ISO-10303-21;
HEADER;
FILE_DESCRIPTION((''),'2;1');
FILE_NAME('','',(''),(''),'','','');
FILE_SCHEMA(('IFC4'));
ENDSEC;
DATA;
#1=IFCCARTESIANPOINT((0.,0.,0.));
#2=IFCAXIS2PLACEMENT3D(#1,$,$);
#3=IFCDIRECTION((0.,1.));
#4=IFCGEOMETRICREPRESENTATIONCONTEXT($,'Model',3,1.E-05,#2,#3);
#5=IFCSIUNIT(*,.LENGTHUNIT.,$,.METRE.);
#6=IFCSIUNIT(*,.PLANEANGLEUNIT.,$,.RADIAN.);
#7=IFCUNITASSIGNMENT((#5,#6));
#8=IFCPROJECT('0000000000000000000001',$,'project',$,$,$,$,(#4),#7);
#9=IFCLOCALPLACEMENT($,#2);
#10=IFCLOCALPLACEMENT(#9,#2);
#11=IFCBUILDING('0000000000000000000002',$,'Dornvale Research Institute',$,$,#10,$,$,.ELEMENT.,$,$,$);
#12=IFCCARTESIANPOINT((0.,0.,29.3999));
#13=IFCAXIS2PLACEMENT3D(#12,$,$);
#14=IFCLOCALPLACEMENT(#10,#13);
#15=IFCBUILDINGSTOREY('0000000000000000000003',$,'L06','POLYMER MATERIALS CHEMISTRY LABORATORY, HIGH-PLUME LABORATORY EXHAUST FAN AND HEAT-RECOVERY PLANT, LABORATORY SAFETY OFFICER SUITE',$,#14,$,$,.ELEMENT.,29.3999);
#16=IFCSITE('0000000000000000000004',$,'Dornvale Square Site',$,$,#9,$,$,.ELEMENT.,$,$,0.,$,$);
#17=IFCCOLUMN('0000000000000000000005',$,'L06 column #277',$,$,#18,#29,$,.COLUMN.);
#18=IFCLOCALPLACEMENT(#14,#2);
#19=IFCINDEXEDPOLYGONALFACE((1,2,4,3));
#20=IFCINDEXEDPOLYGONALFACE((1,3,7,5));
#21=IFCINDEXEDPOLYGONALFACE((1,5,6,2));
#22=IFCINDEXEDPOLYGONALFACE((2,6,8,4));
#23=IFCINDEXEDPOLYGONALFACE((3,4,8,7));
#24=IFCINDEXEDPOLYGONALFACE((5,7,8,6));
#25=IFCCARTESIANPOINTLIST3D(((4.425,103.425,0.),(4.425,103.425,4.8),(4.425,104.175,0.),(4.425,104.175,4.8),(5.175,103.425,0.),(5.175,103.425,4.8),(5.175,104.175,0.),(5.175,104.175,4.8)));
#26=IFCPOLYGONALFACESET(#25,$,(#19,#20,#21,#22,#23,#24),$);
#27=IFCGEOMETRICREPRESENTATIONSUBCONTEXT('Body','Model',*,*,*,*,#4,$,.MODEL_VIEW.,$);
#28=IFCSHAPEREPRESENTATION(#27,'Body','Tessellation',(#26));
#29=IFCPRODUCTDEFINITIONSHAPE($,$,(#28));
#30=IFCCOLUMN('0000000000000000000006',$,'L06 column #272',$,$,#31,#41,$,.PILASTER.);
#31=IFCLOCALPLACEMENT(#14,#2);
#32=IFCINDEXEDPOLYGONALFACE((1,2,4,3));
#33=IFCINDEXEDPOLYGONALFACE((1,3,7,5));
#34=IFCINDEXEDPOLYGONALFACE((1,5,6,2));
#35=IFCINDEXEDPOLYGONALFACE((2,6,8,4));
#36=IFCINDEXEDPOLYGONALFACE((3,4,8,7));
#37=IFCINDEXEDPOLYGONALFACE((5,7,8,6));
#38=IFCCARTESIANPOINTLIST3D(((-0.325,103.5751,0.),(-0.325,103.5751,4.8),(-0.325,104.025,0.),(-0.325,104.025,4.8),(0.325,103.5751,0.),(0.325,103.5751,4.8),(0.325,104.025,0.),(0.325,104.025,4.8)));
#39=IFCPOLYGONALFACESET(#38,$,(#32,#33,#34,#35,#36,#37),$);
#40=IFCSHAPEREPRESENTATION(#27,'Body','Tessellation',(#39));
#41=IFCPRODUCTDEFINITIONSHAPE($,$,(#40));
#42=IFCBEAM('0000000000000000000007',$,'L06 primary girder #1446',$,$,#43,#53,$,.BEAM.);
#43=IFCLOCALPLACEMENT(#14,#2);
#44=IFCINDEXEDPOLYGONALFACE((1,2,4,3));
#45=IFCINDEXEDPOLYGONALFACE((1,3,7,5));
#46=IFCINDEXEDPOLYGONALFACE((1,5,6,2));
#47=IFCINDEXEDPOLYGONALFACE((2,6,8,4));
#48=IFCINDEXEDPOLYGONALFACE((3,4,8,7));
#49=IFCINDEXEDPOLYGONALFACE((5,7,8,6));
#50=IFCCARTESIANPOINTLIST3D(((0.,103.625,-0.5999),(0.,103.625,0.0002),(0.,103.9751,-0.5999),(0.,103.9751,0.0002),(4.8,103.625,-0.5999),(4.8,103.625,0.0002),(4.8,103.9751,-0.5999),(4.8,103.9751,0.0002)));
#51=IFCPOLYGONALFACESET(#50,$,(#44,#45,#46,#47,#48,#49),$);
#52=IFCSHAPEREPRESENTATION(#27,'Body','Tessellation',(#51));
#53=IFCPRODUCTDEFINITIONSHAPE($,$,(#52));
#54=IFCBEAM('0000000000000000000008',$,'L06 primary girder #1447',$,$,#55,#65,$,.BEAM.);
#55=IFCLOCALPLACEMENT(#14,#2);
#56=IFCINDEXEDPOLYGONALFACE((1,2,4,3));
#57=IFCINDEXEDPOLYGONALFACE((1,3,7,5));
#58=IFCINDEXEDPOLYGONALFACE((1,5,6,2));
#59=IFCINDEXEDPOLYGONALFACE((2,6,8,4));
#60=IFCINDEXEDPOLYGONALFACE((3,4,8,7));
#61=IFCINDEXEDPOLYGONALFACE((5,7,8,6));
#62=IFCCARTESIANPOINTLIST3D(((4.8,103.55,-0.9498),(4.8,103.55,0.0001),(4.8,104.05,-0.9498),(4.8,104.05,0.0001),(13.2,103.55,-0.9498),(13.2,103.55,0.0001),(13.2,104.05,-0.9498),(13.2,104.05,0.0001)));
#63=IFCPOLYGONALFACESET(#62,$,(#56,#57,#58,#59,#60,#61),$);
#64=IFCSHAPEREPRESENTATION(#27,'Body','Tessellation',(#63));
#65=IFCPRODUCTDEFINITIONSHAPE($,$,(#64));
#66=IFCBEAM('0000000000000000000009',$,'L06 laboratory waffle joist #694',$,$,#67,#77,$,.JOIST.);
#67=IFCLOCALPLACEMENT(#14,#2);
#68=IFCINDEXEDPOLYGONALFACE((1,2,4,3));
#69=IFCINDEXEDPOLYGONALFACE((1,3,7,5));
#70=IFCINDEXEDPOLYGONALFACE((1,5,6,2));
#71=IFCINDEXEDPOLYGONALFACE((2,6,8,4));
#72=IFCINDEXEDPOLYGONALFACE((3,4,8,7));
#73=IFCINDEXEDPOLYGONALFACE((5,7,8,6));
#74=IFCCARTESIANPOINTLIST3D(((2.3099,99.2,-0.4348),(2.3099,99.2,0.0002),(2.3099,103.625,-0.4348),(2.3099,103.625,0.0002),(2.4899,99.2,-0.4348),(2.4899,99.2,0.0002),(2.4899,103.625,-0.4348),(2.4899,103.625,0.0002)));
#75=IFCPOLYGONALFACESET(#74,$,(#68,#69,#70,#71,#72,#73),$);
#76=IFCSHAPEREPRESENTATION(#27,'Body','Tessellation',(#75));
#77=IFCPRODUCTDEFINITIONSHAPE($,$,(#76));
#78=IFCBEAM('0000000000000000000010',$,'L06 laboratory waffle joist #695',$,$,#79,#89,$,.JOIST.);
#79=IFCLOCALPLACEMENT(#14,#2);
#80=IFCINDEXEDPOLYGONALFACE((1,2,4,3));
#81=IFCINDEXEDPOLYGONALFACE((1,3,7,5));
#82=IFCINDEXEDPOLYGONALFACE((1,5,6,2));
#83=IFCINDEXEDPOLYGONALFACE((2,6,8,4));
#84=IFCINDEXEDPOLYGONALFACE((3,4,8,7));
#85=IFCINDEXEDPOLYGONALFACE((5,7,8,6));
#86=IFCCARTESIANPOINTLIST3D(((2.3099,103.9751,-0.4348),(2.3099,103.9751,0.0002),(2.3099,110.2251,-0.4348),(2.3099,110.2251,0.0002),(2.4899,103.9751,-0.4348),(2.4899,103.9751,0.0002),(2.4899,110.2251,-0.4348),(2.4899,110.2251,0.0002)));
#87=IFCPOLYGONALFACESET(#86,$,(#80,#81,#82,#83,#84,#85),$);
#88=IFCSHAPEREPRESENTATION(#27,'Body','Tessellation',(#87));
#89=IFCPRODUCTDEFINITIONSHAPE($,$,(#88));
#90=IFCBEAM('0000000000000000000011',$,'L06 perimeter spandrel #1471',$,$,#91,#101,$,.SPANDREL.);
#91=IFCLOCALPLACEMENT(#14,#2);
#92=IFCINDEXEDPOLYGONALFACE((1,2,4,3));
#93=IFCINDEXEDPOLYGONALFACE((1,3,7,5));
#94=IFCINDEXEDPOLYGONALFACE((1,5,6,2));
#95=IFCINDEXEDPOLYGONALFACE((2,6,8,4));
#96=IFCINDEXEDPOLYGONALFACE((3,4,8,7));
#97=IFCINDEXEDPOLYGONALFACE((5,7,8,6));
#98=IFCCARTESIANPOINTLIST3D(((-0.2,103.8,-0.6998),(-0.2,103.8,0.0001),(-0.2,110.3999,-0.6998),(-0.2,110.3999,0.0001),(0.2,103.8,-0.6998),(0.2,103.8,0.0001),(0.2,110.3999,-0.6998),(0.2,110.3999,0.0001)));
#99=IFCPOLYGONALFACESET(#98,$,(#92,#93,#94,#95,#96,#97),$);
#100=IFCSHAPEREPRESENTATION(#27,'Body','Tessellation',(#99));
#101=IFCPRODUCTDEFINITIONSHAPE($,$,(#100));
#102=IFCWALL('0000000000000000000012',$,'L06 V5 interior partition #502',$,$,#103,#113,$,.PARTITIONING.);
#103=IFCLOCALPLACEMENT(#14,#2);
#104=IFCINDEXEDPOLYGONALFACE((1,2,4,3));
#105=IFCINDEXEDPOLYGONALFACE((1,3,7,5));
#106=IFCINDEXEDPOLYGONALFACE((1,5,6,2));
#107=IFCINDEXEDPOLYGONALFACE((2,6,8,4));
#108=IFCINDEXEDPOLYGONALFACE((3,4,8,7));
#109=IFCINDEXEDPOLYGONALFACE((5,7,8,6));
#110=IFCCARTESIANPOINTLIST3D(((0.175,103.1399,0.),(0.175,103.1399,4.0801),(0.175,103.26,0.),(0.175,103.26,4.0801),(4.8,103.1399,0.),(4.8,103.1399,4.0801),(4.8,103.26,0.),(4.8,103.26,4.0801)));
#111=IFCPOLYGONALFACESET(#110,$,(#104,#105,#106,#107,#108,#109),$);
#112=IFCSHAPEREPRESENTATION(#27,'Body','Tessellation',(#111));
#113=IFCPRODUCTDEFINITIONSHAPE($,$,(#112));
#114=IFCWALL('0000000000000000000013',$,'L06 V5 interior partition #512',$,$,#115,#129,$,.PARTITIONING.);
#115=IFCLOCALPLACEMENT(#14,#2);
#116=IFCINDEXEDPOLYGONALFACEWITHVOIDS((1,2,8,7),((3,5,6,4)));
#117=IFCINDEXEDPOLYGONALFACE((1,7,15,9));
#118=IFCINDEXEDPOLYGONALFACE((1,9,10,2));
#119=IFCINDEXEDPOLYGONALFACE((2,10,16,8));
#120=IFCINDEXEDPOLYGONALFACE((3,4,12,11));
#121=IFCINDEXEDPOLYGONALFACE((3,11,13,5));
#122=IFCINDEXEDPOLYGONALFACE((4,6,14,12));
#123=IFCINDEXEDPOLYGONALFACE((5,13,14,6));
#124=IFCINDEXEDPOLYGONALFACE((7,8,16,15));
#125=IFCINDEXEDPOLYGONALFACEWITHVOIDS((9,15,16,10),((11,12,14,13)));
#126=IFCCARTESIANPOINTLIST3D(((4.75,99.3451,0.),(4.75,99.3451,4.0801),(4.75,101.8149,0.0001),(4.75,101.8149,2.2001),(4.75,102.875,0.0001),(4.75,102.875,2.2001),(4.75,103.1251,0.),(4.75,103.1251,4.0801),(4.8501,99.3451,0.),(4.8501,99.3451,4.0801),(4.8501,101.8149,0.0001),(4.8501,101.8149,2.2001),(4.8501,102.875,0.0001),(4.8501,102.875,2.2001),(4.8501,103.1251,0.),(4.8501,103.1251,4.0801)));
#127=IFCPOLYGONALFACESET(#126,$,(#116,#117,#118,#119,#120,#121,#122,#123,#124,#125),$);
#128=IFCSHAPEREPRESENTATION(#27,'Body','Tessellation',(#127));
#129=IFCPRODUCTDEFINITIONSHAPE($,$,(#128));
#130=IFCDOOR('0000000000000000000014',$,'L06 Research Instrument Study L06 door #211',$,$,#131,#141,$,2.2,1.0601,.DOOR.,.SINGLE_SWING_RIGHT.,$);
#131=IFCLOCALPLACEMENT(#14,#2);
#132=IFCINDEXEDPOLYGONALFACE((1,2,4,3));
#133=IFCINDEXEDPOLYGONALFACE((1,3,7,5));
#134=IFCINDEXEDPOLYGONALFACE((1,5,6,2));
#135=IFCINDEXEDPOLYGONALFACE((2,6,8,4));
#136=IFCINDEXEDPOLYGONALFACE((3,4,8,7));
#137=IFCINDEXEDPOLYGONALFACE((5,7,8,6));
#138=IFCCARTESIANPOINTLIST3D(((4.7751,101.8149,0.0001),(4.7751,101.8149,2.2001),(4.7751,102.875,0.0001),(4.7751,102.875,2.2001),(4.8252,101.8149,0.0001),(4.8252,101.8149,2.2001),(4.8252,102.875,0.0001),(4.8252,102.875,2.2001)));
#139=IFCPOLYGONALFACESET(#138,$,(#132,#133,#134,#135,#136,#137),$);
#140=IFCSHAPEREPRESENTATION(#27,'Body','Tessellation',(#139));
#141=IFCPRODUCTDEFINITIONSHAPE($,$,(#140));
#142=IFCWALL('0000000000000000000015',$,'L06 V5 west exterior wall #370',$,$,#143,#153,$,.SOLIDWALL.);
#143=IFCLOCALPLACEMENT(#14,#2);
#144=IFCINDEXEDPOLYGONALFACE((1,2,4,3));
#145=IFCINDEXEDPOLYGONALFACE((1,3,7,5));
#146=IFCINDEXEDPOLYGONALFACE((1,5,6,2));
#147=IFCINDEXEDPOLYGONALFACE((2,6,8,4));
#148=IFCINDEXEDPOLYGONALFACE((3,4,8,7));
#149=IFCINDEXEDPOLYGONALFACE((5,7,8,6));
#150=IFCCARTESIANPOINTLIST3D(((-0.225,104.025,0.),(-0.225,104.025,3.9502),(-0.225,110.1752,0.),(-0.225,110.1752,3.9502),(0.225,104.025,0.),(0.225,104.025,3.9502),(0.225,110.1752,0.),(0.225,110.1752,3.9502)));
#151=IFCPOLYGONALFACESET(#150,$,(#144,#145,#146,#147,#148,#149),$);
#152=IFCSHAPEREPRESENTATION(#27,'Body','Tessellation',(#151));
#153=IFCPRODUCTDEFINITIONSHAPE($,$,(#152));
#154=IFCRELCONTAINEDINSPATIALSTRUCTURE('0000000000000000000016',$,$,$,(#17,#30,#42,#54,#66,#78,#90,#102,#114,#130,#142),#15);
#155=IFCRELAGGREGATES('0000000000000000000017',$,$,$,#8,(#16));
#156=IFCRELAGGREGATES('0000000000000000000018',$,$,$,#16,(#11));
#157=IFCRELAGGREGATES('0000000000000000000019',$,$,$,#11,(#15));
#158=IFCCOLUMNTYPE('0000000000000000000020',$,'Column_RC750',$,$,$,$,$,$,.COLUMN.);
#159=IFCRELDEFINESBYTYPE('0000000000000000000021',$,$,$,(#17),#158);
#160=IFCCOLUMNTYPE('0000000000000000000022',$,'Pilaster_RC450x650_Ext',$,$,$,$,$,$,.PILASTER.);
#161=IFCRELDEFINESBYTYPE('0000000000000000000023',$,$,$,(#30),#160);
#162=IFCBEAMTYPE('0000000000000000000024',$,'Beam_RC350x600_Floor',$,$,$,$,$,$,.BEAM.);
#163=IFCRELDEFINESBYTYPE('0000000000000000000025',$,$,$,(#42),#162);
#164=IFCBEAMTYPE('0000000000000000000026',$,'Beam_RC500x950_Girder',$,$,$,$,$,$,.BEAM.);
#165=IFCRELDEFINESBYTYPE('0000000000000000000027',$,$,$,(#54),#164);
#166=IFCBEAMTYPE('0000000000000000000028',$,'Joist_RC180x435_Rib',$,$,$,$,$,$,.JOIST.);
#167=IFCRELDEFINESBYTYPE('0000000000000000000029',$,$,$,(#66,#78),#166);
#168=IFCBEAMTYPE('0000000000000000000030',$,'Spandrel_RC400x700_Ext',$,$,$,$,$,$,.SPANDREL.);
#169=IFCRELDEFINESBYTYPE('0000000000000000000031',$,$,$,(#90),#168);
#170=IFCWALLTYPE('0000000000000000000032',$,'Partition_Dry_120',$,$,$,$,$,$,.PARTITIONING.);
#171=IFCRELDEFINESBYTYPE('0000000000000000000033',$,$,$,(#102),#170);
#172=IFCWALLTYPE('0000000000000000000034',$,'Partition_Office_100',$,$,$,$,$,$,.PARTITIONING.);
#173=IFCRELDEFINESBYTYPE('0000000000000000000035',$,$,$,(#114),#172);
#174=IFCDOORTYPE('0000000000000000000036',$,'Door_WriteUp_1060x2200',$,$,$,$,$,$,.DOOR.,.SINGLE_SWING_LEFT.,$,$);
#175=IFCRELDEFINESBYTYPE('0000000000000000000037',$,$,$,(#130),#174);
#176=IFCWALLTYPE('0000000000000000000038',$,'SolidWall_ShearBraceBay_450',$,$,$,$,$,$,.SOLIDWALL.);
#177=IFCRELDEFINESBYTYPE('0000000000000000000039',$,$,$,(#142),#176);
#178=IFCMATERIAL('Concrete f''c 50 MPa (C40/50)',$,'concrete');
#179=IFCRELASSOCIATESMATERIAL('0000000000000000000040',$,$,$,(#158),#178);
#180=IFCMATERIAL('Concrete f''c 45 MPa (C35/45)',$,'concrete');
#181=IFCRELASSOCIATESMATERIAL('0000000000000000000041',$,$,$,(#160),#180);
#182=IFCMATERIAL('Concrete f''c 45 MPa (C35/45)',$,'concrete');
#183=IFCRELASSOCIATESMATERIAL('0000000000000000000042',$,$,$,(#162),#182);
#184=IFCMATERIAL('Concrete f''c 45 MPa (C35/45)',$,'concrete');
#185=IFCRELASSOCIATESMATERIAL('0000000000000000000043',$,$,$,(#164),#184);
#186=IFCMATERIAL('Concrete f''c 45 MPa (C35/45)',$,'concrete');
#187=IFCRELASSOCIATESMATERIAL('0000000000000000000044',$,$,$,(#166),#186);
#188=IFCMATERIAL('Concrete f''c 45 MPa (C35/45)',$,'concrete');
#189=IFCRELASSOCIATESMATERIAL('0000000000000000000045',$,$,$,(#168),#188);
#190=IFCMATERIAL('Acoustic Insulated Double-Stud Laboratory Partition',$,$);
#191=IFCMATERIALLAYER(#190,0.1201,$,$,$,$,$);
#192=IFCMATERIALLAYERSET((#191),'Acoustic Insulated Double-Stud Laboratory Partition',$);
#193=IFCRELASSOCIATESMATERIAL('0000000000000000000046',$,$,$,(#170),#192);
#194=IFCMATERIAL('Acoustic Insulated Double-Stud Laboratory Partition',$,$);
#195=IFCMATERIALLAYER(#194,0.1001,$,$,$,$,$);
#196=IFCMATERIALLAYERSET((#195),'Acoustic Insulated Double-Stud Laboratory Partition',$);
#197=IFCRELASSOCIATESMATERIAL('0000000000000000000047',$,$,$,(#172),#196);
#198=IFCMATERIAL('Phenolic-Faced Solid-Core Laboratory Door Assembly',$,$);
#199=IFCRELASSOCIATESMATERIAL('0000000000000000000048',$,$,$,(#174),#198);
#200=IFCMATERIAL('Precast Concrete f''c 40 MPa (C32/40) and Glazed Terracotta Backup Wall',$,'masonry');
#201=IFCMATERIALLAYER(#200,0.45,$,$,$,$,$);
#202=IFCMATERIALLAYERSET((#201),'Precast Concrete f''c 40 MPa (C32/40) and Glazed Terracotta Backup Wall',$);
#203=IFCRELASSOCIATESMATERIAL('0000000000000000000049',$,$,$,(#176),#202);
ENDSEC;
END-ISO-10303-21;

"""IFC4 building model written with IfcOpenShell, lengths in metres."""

from ifc_helpers import new_model, si_unit, direction, frame, frame_2d, origin, origin_2d, place, context, subcontext, project, spatial, rectangle, extrude, material, layer, layer_set, material_profile, profile_set, type_object, element, fill, save


model = new_model("IFC4")

# Units and contexts
model_context = context("Model", 3, precision=1e-05, world=origin(), true_north=direction((0.0, 1.0)))
body_context = subcontext(model_context, "Body", "Model", "MODEL_VIEW")
ifc_project = project(units=[si_unit("LENGTHUNIT", "METRE"), si_unit("PLANEANGLEUNIT", "RADIAN")], contexts=[model_context])

# Site, building, storey
site_placement = place(None, origin())
site = spatial("IfcSite", under=ifc_project, at=site_placement, Name="Dornvale Square Site", CompositionType="ELEMENT", RefElevation=0.0)
building_placement = place(site_placement, origin())
building = spatial("IfcBuilding", under=site, at=building_placement, Name="Dornvale Research Institute", CompositionType="ELEMENT")
storey_placement = place(building_placement, frame((0.0, 0.0, 29.3999)))
storey = spatial("IfcBuildingStorey", under=building, at=storey_placement, Name="L06", Description="POLYMER MATERIALS CHEMISTRY LABORATORY, HIGH-PLUME LABORATORY EXHAUST FAN AND HEAT-RECOVERY PLANT, LABORATORY SAFETY OFFICER SUITE", CompositionType="ELEMENT", Elevation=29.3999)

# Columns
ifc_material_1 = material(Name="Concrete f'c 50 MPa (C40/50)", Category="concrete")
ifc_material_profile_1 = material_profile(ifc_material_1, rectangle(XDim=0.75, YDim=0.75, at=origin_2d()), Name="RC 750x750")
ifc_profile_set_1 = profile_set([ifc_material_profile_1], Name="Concrete f'c 50 MPa (C40/50)")
column_type_1 = type_object("IfcColumnType", Name="Column_RC750", PredefinedType="COLUMN", material=ifc_profile_set_1)
column_1_placement = place(storey_placement, frame((4.8, 103.8, 0.0), z_axis=(0.0, 0.0, 1.0), x_axis=(1.0, 0.0, 0.0)))
element("IfcColumn", 1, at=column_1_placement, inside=storey, type_object=column_type_1, Name="L06 column #277", PredefinedType="COLUMN", context=body_context, shape_type="SweptSolid", body=[
    extrude(rectangle(XDim=0.75, YDim=0.75, at=origin_2d()), origin(), (0.0, 0.0, 1.0), 4.8),
])
ifc_material_2 = material(Name="Concrete f'c 45 MPa (C35/45)", Category="concrete")
ifc_material_profile_2 = material_profile(ifc_material_2, rectangle(XDim=0.45, YDim=0.6499, at=origin_2d()), Name="RC 450x650")
ifc_profile_set_2 = profile_set([ifc_material_profile_2], Name="Concrete f'c 45 MPa (C35/45)")
column_type_2 = type_object("IfcColumnType", Name="Pilaster_RC450x650_Ext", PredefinedType="PILASTER", material=ifc_profile_set_2)
column_2_placement = place(storey_placement, frame((0.0, 103.8, 0.0), z_axis=(0.0, 0.0, 1.0), x_axis=(0.0, 1.0, 0.0)))
element("IfcColumn", 2, at=column_2_placement, inside=storey, type_object=column_type_2, Name="L06 column #272", PredefinedType="PILASTER", context=body_context, shape_type="SweptSolid", body=[
    extrude(rectangle(XDim=0.45, YDim=0.6499, at=origin_2d()), origin(), (0.0, 0.0, 1.0), 4.8),
])

# Beams
ifc_material_3 = material(Name="Concrete f'c 45 MPa (C35/45)", Category="concrete")
ifc_material_profile_3 = material_profile(ifc_material_3, rectangle(XDim=0.3501, YDim=0.6001, at=origin_2d()), Name="RC 350x600")
ifc_profile_set_3 = profile_set([ifc_material_profile_3], Name="Concrete f'c 45 MPa (C35/45)")
beam_type_1 = type_object("IfcBeamType", Name="Beam_RC350x600_Floor", PredefinedType="BEAM", material=ifc_profile_set_3)
beam_1_placement = place(storey_placement, frame((0.0, 103.8, -0.2998), z_axis=(1.0, 0.0, 0.0), x_axis=(0.0, 1.0, 0.0)))
element("IfcBeam", 3, at=beam_1_placement, inside=storey, type_object=beam_type_1, Name="L06 primary girder #1446", PredefinedType="BEAM", context=body_context, shape_type="SweptSolid", body=[
    extrude(rectangle(XDim=0.3501, YDim=0.6001, at=origin_2d()), origin(), (0.0, 0.0, 1.0), 4.8),
])
ifc_material_4 = material(Name="Concrete f'c 45 MPa (C35/45)", Category="concrete")
ifc_material_profile_4 = material_profile(ifc_material_4, rectangle(XDim=0.5, YDim=0.95, at=origin_2d()), Name="RC 500x950")
ifc_profile_set_4 = profile_set([ifc_material_profile_4], Name="Concrete f'c 45 MPa (C35/45)")
beam_type_2 = type_object("IfcBeamType", Name="Beam_RC500x950_Girder", PredefinedType="BEAM", material=ifc_profile_set_4)
beam_2_placement = place(storey_placement, frame((4.8, 103.8, -0.4749), z_axis=(1.0, 0.0, 0.0), x_axis=(0.0, 1.0, 0.0)))
element("IfcBeam", 4, at=beam_2_placement, inside=storey, type_object=beam_type_2, Name="L06 primary girder #1447", PredefinedType="BEAM", context=body_context, shape_type="SweptSolid", body=[
    extrude(rectangle(XDim=0.5, YDim=0.95, at=origin_2d()), origin(), (0.0, 0.0, 1.0), 8.3999),
])
ifc_material_5 = material(Name="Concrete f'c 45 MPa (C35/45)", Category="concrete")
ifc_material_profile_5 = material_profile(ifc_material_5, rectangle(XDim=0.1799, YDim=0.4351, at=origin_2d()), Name="RC 180x435")
ifc_profile_set_5 = profile_set([ifc_material_profile_5], Name="Concrete f'c 45 MPa (C35/45)")
beam_type_3 = type_object("IfcBeamType", Name="Joist_RC180x435_Rib", PredefinedType="JOIST", material=ifc_profile_set_5)
beam_3_placement = place(storey_placement, frame((2.3999, 99.2, -0.2173), z_axis=(0.0, 1.0, 0.0), x_axis=(-1.0, 0.0, 0.0)))
element("IfcBeam", 5, at=beam_3_placement, inside=storey, type_object=beam_type_3, Name="L06 laboratory waffle joist #694", PredefinedType="JOIST", context=body_context, shape_type="SweptSolid", body=[
    extrude(rectangle(XDim=0.1799, YDim=0.4351, at=origin_2d()), origin(), (0.0, 0.0, 1.0), 4.425),
])
beam_4_placement = place(storey_placement, frame((2.3999, 103.9751, -0.2173), z_axis=(0.0, 1.0, 0.0), x_axis=(-1.0, 0.0, 0.0)))
element("IfcBeam", 6, at=beam_4_placement, inside=storey, type_object=beam_type_3, Name="L06 laboratory waffle joist #695", PredefinedType="JOIST", context=body_context, shape_type="SweptSolid", body=[
    extrude(rectangle(XDim=0.1799, YDim=0.4351, at=origin_2d()), origin(), (0.0, 0.0, 1.0), 6.25),
])
ifc_material_6 = material(Name="Concrete f'c 45 MPa (C35/45)", Category="concrete")
ifc_material_profile_6 = material_profile(ifc_material_6, rectangle(XDim=0.3999, YDim=0.7, at=origin_2d()), Name="RC 400x700")
ifc_profile_set_6 = profile_set([ifc_material_profile_6], Name="Concrete f'c 45 MPa (C35/45)")
beam_type_4 = type_object("IfcBeamType", Name="Spandrel_RC400x700_Ext", PredefinedType="SPANDREL", material=ifc_profile_set_6)
beam_5_placement = place(storey_placement, frame((0.0, 103.8, -0.3499), z_axis=(0.0, 1.0, 0.0), x_axis=(-1.0, 0.0, 0.0)))
element("IfcBeam", 7, at=beam_5_placement, inside=storey, type_object=beam_type_4, Name="L06 perimeter spandrel #1471", PredefinedType="SPANDREL", context=body_context, shape_type="SweptSolid", body=[
    extrude(rectangle(XDim=0.3999, YDim=0.7, at=origin_2d()), origin(), (0.0, 0.0, 1.0), 6.5999),
])

# Wall
ifc_material_7 = material(Name="Acoustic Insulated Double-Stud Laboratory Partition")
ifc_layer_1 = layer(ifc_material_7, 0.1201)
ifc_layer_set_1 = layer_set([ifc_layer_1], Name="Acoustic Insulated Double-Stud Laboratory Partition")
wall_type_1 = type_object("IfcWallType", Name="Partition_Dry_120", PredefinedType="PARTITIONING", material=ifc_layer_set_1)
wall_1_placement = place(storey_placement, frame((0.175, 103.2, 0.0), z_axis=(0.0, 0.0, 1.0), x_axis=(1.0, 0.0, 0.0)))
element("IfcWall", 8, at=wall_1_placement, inside=storey, type_object=wall_type_1, Name="L06 V5 interior partition #502", PredefinedType="PARTITIONING", context=body_context, shape_type="SweptSolid", body=[
    extrude(rectangle(XDim=4.625, YDim=0.1201, at=frame_2d((2.3125, 0.0))), origin(), (0.0, 0.0, 1.0), 4.0801),
])

# Wall, opening, door
ifc_material_8 = material(Name="Acoustic Insulated Double-Stud Laboratory Partition")
ifc_layer_2 = layer(ifc_material_8, 0.1001)
ifc_layer_set_2 = layer_set([ifc_layer_2], Name="Acoustic Insulated Double-Stud Laboratory Partition")
wall_type_2 = type_object("IfcWallType", Name="Partition_Office_100", PredefinedType="PARTITIONING", material=ifc_layer_set_2)
wall_2_placement = place(storey_placement, frame((4.8, 99.345, 0.0), z_axis=(0.0, 0.0, 1.0), x_axis=(0.0, 1.0, 0.0)))
wall_2 = element("IfcWall", 9, at=wall_2_placement, inside=storey, type_object=wall_type_2, Name="L06 V5 interior partition #512", PredefinedType="PARTITIONING", context=body_context, shape_type="SweptSolid", body=[
    extrude(rectangle(XDim=3.78, YDim=0.1001, at=frame_2d((1.8901, 0.0))), origin(), (0.0, 0.0, 1.0), 4.0801),
])
opening_1_placement = place(wall_2_placement, frame((2.47, 0.0, 0.0)))
opening_1 = element("IfcOpeningElement", 10, at=opening_1_placement, cuts=wall_2, PredefinedType="OPENING", context=body_context, shape_type="SweptSolid", body=[
    extrude(rectangle(XDim=1.0601, YDim=2.2, at=frame_2d((0.53, 1.1001))), frame((0.0, 0.0649, 0.0), z_axis=(0.0, -1.0, 0.0), x_axis=(1.0, 0.0, 0.0)), (0.0, 0.0, 1.0), 0.1301),
])
ifc_material_9 = material(Name="Phenolic-Faced Solid-Core Laboratory Door Assembly")
door_type = type_object("IfcDoorType", Name="Door_WriteUp_1060x2200", OperationType="SINGLE_SWING_LEFT", PredefinedType="DOOR", material=ifc_material_9)
door_placement = place(opening_1_placement, origin())
door = element("IfcDoor", 11, at=door_placement, inside=storey, type_object=door_type, Name="L06 Research Instrument Study L06 door #211", OperationType="SINGLE_SWING_RIGHT", OverallHeight=2.2, OverallWidth=1.0601, PredefinedType="DOOR", context=body_context, shape_type="SweptSolid", body=[
    extrude(rectangle(XDim=1.0601, YDim=2.2, at=frame_2d((0.53, 1.1001))), frame((0.0, 0.0249, 0.0), z_axis=(0.0, -1.0, 0.0), x_axis=(1.0, 0.0, 0.0)), (0.0, 0.0, 1.0), 0.05),
])
fill(opening_1, door)

# Wall
ifc_material_10 = material(Name="Precast Concrete f'c 40 MPa (C32/40) and Glazed Terracotta Backup Wall", Category="masonry")
ifc_layer_3 = layer(ifc_material_10, 0.45)
ifc_layer_set_3 = layer_set([ifc_layer_3], Name="Precast Concrete f'c 40 MPa (C32/40) and Glazed Terracotta Backup Wall")
wall_type_3 = type_object("IfcWallType", Name="SolidWall_ShearBraceBay_450", PredefinedType="SOLIDWALL", material=ifc_layer_set_3)
wall_3_placement = place(storey_placement, frame((0.0, 104.0249, 0.0), z_axis=(0.0, 0.0, 1.0), x_axis=(0.0, 1.0, 0.0)))
element("IfcWall", 12, at=wall_3_placement, inside=storey, type_object=wall_type_3, Name="L06 V5 west exterior wall #370", PredefinedType="SOLIDWALL", context=body_context, shape_type="SweptSolid", body=[
    extrude(rectangle(XDim=6.1501, YDim=0.45, at=frame_2d((3.0752, 0.0))), origin(), (0.0, 0.0, 1.0), 3.9502),
])

save(model, "model.ifc")
